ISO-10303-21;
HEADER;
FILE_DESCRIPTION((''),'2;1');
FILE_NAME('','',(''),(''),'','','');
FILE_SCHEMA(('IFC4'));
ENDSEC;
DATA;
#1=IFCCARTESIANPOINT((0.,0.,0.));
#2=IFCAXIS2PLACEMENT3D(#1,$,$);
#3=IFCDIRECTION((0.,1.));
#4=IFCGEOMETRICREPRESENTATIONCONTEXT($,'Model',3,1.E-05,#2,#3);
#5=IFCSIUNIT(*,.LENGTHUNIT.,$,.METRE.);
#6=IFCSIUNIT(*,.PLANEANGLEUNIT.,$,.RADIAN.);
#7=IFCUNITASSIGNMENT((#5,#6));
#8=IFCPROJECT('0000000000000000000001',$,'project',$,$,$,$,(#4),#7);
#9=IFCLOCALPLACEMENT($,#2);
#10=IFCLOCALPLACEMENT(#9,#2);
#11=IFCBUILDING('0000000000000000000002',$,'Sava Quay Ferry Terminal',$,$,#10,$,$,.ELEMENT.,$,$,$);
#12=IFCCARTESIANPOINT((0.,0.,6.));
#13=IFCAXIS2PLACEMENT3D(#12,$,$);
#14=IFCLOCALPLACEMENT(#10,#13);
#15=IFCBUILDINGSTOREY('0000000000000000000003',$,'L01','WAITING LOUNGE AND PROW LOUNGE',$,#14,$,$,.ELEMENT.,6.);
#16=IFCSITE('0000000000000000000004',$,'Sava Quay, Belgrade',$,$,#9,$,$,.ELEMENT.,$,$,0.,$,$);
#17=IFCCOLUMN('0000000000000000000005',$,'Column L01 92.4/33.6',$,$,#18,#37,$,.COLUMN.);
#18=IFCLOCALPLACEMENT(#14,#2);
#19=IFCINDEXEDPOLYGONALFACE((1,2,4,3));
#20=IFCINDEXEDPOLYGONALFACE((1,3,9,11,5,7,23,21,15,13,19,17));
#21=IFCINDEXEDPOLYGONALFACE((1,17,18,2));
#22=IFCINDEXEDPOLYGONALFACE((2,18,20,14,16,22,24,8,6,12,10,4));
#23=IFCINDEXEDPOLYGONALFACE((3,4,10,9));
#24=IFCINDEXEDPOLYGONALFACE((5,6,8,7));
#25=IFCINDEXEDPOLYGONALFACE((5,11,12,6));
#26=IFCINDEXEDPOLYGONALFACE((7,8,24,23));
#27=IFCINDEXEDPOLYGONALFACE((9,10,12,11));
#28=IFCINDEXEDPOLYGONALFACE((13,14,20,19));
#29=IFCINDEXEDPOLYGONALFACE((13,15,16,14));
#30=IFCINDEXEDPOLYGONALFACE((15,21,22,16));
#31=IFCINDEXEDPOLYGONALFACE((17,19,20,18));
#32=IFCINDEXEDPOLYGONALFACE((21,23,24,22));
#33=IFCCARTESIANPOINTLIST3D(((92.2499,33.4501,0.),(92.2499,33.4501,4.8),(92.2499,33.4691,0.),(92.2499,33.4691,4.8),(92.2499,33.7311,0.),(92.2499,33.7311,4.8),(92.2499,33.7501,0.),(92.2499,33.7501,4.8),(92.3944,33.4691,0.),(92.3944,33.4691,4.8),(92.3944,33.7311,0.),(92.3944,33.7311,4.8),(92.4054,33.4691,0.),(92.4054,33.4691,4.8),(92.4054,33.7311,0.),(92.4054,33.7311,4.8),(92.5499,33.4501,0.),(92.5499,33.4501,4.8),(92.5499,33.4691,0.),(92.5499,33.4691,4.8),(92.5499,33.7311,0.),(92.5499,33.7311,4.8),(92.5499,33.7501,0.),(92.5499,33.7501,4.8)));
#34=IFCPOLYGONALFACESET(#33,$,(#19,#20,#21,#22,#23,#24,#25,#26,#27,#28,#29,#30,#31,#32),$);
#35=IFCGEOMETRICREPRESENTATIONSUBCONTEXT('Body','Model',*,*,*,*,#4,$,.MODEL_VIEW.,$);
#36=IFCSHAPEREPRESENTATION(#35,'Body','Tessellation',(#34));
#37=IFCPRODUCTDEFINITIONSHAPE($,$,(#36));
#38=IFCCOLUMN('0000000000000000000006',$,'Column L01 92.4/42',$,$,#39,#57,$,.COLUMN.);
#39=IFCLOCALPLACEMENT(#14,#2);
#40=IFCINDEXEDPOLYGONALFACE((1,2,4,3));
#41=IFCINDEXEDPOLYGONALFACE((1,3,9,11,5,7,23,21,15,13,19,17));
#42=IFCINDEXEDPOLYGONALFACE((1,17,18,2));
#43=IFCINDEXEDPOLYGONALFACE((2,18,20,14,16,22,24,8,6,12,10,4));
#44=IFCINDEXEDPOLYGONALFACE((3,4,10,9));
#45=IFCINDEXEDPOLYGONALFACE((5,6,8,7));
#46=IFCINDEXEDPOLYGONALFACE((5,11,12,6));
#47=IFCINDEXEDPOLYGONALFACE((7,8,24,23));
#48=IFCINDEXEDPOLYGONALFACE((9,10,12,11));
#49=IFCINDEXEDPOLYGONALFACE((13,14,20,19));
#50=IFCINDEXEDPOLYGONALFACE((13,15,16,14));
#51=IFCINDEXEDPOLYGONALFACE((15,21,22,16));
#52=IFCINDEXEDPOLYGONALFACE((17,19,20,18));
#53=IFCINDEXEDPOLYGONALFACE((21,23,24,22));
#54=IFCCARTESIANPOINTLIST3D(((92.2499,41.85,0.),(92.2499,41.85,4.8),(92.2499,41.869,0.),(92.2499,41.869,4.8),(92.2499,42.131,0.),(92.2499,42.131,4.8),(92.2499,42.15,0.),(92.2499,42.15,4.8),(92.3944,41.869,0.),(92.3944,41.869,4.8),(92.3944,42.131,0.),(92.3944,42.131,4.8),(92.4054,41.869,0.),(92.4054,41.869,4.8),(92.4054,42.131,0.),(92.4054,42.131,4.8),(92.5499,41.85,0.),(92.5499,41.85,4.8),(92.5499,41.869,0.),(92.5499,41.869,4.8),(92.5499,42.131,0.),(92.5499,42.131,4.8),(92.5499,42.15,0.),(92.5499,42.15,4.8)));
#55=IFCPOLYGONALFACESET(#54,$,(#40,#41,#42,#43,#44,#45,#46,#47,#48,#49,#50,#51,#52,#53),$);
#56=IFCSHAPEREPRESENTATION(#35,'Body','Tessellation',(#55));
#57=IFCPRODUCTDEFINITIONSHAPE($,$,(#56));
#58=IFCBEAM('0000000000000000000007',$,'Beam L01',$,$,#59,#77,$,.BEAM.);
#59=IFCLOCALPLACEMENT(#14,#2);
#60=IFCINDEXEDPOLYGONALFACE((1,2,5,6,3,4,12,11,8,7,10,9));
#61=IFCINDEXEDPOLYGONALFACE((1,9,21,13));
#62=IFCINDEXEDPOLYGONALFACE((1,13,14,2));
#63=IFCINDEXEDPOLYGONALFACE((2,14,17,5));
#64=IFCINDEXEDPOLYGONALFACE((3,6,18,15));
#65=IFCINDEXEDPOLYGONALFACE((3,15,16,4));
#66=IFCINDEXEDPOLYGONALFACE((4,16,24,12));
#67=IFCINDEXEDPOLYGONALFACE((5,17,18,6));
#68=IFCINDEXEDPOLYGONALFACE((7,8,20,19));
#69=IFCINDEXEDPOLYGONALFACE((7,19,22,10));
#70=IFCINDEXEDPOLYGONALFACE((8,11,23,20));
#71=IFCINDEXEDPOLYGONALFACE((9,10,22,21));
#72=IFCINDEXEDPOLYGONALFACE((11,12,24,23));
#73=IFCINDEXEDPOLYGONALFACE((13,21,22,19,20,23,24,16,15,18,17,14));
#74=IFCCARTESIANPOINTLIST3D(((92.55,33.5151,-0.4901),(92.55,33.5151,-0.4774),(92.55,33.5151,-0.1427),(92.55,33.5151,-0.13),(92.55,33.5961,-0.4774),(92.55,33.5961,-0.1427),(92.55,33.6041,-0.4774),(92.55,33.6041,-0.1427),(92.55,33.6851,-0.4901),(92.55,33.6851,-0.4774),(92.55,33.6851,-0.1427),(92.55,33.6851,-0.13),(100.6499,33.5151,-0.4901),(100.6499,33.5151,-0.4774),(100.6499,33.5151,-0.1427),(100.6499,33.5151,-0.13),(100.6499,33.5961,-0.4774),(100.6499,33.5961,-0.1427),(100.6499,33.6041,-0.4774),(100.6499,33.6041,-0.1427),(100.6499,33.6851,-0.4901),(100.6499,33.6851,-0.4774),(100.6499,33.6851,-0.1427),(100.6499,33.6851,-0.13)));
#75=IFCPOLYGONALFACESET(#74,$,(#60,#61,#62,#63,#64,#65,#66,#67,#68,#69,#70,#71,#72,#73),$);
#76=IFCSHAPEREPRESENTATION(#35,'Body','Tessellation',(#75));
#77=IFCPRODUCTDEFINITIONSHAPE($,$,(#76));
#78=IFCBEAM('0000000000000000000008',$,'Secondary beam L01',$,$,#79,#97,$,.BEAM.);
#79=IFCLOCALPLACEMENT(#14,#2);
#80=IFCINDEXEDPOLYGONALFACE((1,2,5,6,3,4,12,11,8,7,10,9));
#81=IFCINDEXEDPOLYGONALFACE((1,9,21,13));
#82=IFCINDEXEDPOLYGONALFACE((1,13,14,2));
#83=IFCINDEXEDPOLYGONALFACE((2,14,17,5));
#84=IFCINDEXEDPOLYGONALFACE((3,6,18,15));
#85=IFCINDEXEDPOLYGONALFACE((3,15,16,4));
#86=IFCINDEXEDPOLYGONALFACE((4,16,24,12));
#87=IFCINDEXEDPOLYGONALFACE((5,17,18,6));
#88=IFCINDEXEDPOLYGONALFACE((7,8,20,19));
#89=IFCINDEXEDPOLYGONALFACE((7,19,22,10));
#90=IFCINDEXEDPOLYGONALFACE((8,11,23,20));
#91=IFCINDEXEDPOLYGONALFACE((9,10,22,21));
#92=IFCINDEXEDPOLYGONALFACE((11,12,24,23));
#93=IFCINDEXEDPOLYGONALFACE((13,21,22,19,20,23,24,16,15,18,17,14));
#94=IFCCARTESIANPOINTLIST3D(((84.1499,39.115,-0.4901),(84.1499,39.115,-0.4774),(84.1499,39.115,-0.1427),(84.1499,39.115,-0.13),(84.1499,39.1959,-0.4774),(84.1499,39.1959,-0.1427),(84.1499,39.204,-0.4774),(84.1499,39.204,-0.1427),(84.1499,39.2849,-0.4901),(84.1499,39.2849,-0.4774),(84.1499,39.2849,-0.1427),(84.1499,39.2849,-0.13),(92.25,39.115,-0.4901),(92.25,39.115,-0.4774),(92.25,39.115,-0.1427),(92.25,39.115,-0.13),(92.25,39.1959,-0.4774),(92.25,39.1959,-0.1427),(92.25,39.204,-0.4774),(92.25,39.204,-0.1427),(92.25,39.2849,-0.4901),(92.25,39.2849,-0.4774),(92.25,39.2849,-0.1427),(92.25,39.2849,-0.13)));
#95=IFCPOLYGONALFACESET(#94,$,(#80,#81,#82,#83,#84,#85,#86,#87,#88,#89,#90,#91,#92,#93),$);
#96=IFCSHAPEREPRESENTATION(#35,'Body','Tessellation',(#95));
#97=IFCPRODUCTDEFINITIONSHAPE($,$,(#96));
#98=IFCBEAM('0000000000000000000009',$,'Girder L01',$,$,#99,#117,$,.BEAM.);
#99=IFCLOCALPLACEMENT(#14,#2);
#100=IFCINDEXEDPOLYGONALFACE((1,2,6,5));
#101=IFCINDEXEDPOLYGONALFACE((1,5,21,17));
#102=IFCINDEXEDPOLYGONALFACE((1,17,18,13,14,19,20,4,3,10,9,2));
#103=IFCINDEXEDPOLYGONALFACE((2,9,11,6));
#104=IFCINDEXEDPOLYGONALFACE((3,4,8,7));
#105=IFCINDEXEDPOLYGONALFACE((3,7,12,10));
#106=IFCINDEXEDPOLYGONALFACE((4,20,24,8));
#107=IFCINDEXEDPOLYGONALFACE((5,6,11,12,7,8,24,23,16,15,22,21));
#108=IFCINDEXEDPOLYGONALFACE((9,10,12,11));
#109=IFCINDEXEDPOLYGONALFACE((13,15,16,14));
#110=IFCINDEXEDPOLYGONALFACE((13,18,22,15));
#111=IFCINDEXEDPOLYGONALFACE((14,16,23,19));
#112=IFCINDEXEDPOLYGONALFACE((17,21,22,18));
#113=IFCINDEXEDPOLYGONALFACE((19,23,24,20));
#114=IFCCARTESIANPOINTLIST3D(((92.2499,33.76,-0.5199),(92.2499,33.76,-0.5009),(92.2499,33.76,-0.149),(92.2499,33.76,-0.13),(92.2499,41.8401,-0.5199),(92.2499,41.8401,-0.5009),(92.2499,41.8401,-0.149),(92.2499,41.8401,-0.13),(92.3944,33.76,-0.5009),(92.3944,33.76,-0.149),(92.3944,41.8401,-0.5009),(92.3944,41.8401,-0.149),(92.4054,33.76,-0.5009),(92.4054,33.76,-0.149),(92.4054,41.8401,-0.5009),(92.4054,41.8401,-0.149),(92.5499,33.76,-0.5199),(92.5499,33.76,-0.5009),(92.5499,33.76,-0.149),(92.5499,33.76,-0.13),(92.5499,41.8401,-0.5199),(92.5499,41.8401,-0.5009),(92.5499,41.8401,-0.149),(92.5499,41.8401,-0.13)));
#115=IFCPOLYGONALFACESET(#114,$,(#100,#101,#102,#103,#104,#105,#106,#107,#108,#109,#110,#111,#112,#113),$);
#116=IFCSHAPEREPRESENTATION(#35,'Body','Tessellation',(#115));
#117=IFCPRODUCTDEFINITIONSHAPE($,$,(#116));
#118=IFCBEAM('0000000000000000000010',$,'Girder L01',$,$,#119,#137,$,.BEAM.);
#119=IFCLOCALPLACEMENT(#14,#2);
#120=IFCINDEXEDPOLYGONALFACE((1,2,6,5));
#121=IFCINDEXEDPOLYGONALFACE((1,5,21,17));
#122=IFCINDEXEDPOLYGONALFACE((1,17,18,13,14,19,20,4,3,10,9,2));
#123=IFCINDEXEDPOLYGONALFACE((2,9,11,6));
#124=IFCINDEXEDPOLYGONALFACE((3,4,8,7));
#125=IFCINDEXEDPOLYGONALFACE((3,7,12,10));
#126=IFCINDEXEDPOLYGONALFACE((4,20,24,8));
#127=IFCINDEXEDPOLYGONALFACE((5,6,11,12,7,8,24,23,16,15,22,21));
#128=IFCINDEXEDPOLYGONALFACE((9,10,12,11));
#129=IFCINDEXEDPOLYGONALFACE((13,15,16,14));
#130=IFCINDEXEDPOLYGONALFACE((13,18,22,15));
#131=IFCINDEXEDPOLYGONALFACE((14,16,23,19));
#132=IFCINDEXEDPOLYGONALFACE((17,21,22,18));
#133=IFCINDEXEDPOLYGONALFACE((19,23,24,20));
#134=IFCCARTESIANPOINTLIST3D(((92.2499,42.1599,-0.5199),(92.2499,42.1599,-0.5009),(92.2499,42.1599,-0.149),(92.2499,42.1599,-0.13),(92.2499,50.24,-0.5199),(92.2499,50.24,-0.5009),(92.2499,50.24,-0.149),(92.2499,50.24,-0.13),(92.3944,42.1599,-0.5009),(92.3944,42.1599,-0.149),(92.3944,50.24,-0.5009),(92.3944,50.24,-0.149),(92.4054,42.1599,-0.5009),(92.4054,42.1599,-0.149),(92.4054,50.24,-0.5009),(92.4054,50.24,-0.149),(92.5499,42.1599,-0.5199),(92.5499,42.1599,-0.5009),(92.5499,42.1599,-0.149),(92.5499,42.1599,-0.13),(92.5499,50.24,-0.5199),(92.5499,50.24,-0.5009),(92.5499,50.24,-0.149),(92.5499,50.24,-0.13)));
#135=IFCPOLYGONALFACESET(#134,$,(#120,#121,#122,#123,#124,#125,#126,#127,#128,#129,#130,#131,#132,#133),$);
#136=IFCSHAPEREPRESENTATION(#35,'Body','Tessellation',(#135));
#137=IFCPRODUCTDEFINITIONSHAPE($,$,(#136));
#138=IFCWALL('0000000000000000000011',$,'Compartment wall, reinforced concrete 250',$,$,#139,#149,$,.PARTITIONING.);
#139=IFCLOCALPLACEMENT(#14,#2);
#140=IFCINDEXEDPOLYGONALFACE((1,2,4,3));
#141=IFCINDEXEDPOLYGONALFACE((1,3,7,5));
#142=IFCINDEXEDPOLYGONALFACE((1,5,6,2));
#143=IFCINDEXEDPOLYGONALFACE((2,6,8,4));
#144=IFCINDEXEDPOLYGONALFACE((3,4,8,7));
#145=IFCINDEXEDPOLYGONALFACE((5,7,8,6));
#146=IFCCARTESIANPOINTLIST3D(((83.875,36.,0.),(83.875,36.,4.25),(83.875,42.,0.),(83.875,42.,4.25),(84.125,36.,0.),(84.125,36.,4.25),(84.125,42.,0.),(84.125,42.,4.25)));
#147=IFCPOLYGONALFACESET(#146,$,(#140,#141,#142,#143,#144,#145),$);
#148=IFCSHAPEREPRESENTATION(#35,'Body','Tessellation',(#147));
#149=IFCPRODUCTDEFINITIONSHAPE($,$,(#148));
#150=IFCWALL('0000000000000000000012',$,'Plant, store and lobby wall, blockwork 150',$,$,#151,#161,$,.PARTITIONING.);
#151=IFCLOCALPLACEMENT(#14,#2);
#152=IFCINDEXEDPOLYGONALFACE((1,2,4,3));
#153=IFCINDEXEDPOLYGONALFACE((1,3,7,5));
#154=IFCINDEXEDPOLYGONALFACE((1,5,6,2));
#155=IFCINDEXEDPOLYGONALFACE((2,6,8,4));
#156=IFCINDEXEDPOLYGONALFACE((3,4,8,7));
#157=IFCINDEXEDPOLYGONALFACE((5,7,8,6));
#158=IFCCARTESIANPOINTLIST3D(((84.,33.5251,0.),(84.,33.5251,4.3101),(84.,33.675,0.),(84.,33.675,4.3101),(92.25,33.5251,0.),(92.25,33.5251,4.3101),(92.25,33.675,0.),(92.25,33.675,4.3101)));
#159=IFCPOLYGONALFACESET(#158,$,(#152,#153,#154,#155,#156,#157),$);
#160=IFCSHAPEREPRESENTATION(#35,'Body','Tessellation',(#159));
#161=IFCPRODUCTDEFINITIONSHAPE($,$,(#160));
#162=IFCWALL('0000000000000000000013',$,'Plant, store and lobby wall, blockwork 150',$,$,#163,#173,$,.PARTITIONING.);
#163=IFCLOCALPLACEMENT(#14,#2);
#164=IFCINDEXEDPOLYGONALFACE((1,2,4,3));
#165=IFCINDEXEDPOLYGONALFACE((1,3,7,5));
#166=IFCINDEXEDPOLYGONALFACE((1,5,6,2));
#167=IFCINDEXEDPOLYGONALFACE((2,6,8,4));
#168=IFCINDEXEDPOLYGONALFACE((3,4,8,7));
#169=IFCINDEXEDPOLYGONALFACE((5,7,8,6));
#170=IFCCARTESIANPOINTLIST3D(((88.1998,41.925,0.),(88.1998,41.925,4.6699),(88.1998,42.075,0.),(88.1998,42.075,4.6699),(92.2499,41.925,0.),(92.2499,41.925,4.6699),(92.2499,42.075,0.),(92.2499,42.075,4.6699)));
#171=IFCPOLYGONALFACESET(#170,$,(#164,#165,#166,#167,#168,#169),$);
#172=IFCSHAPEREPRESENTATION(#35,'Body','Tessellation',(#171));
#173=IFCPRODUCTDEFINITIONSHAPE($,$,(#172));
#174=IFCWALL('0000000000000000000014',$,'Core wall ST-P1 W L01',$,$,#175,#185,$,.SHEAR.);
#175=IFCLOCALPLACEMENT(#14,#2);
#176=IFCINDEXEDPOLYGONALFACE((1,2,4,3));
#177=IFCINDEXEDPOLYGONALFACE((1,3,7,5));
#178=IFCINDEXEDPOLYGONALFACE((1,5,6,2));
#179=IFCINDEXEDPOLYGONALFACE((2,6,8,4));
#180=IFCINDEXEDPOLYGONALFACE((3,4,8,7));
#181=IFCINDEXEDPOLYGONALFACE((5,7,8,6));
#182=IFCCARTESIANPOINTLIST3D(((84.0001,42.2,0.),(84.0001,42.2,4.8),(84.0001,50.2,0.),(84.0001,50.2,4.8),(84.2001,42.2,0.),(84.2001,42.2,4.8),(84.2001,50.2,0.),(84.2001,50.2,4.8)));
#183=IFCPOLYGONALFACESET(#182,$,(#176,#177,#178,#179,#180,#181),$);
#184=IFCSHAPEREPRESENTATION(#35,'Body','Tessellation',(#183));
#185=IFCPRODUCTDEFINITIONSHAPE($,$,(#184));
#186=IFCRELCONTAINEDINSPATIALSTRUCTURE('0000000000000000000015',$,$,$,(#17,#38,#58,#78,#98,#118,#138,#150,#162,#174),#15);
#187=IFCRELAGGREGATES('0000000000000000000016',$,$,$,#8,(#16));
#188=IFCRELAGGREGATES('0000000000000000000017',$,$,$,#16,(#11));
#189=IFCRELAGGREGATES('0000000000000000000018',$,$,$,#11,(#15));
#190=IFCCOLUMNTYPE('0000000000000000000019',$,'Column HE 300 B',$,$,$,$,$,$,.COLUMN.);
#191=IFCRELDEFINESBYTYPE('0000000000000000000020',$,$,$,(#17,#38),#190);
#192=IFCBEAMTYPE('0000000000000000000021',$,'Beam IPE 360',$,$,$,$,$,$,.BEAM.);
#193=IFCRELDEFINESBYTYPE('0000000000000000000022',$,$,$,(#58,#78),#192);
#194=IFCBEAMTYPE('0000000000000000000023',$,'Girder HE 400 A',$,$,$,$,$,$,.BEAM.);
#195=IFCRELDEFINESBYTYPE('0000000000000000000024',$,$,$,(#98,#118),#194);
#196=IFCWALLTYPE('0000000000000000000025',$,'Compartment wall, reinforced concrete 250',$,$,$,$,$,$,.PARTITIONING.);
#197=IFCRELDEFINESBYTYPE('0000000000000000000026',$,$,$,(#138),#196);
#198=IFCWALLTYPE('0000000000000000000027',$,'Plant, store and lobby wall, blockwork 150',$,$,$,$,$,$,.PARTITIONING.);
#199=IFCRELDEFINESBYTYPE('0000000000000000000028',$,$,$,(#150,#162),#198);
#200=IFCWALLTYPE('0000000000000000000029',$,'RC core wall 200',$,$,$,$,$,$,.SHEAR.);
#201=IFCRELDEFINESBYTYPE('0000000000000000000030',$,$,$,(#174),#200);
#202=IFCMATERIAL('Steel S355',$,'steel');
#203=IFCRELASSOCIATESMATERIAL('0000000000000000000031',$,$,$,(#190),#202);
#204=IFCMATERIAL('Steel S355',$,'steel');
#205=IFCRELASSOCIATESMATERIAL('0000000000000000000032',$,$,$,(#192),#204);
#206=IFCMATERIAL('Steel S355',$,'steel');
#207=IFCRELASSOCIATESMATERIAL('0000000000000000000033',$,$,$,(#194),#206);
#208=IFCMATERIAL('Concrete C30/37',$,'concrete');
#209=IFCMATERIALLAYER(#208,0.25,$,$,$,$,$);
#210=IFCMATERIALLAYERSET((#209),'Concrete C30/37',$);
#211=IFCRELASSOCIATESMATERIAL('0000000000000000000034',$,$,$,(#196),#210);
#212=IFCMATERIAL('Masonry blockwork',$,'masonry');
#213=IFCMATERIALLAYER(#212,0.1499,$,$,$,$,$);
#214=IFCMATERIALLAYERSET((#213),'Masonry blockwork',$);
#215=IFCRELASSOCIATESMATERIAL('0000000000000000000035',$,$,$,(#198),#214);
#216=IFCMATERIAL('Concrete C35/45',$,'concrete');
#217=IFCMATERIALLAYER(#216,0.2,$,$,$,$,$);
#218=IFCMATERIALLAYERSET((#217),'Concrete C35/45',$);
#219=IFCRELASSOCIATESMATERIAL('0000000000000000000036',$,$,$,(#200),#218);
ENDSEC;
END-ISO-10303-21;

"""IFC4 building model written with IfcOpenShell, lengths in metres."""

from ifc_helpers import new_model, si_unit, direction, frame, frame_2d, origin, origin_2d, place, context, subcontext, project, spatial, rectangle, i_section, extrude, material, layer, layer_set, material_profile, profile_set, type_object, element, save


model = new_model("IFC4")

# Units and contexts
model_context = context("Model", 3, precision=1e-05, world=origin(), true_north=direction((0.0, 1.0)))
body_context = subcontext(model_context, "Body", "Model", "MODEL_VIEW")
ifc_project = project(units=[si_unit("LENGTHUNIT", "METRE"), si_unit("PLANEANGLEUNIT", "RADIAN")], contexts=[model_context])

# Site, building, storey
site_placement = place(None, origin())
site = spatial("IfcSite", under=ifc_project, at=site_placement, Name="Sava Quay, Belgrade", CompositionType="ELEMENT", RefElevation=0.0)
building_placement = place(site_placement, origin())
building = spatial("IfcBuilding", under=site, at=building_placement, Name="Sava Quay Ferry Terminal", CompositionType="ELEMENT")
storey_placement = place(building_placement, frame((0.0, 0.0, 6.0)))
storey = spatial("IfcBuildingStorey", under=building, at=storey_placement, Name="L01", Description="WAITING LOUNGE AND PROW LOUNGE", CompositionType="ELEMENT", Elevation=6.0)

# Columns
ifc_material_1 = material(Name="Steel S355", Category="steel")
ifc_material_profile_1 = material_profile(ifc_material_1, i_section(OverallWidth=0.3, OverallDepth=0.3, WebThickness=0.011, FlangeThickness=0.019, at=origin_2d()), Name="HE 300 B")
ifc_profile_set_1 = profile_set([ifc_material_profile_1], Name="Steel S355")
column_type = type_object("IfcColumnType", Name="Column HE 300 B", PredefinedType="COLUMN", material=ifc_profile_set_1)
for number, where, z_axis, x_axis, name in (
    (1, (92.3999, 33.6001, 0.0), (0.0, 0.0, 1.0), (1.0, 0.0, 0.0), "Column L01 92.4/33.6"),
    (2, (92.3999, 42.0, 0.0), (0.0, 0.0, 1.0), (1.0, 0.0, 0.0), "Column L01 92.4/42"),
):
    element("IfcColumn", number, at=place(storey_placement, frame(where, z_axis=z_axis, x_axis=x_axis)), inside=storey, type_object=column_type, Name=name, PredefinedType="COLUMN", context=body_context, shape_type="SweptSolid", body=[
        extrude(i_section(OverallWidth=0.3, OverallDepth=0.3, WebThickness=0.011, FlangeThickness=0.019, at=origin_2d()), origin(), (0.0, 0.0, 1.0), 4.8),
    ])

# Beams
ifc_material_2 = material(Name="Steel S355", Category="steel")
ifc_material_profile_2 = material_profile(ifc_material_2, i_section(OverallWidth=0.1699, OverallDepth=0.3601, WebThickness=0.0081, FlangeThickness=0.0127, at=origin_2d()), Name="IPE 360")
ifc_profile_set_2 = profile_set([ifc_material_profile_2], Name="Steel S355")
beam_type_1 = type_object("IfcBeamType", Name="Beam IPE 360", PredefinedType="BEAM", material=ifc_profile_set_2)
beam_1_placement = place(storey_placement, frame((92.55, 33.6001, -0.3101), z_axis=(1.0, 0.0, 0.0), x_axis=(0.0, 1.0, 0.0)))
element("IfcBeam", 3, at=beam_1_placement, inside=storey, type_object=beam_type_1, Name="Beam L01", PredefinedType="BEAM", context=body_context, shape_type="SweptSolid", body=[
    extrude(i_section(OverallWidth=0.1699, OverallDepth=0.3601, WebThickness=0.0081, FlangeThickness=0.0127, at=origin_2d()), origin(), (0.0, 0.0, 1.0), 8.0999),
])
beam_2_placement = place(storey_placement, frame((84.1499, 39.2, -0.3101), z_axis=(1.0, 0.0, 0.0), x_axis=(0.0, 1.0, 0.0)))
element("IfcBeam", 4, at=beam_2_placement, inside=storey, type_object=beam_type_1, Name="Secondary beam L01", PredefinedType="BEAM", context=body_context, shape_type="SweptSolid", body=[
    extrude(i_section(OverallWidth=0.1699, OverallDepth=0.3601, WebThickness=0.0081, FlangeThickness=0.0127, at=origin_2d()), origin(), (0.0, 0.0, 1.0), 8.1001),
])
ifc_material_3 = material(Name="Steel S355", Category="steel")
ifc_material_profile_3 = material_profile(ifc_material_3, i_section(OverallWidth=0.3, OverallDepth=0.3899, WebThickness=0.011, FlangeThickness=0.019, at=origin_2d()), Name="HE 400 A")
ifc_profile_set_3 = profile_set([ifc_material_profile_3], Name="Steel S355")
beam_type_2 = type_object("IfcBeamType", Name="Girder HE 400 A", PredefinedType="BEAM", material=ifc_profile_set_3)
for number, where, z_axis, x_axis, name in (
    (5, (92.3999, 33.76, -0.325), (0.0, 1.0, 0.0), (-1.0, 0.0, 0.0), "Girder L01"),
    (6, (92.3999, 42.1599, -0.325), (0.0, 1.0, 0.0), (-1.0, 0.0, 0.0), "Girder L01"),
):
    element("IfcBeam", number, at=place(storey_placement, frame(where, z_axis=z_axis, x_axis=x_axis)), inside=storey, type_object=beam_type_2, Name=name, PredefinedType="BEAM", context=body_context, shape_type="SweptSolid", body=[
        extrude(i_section(OverallWidth=0.3, OverallDepth=0.3899, WebThickness=0.011, FlangeThickness=0.019, at=origin_2d()), origin(), (0.0, 0.0, 1.0), 8.0801),
    ])

# Walls
ifc_material_4 = material(Name="Concrete C30/37", Category="concrete")
ifc_layer_1 = layer(ifc_material_4, 0.25)
ifc_layer_set_1 = layer_set([ifc_layer_1], Name="Concrete C30/37")
wall_type_1 = type_object("IfcWallType", Name="Compartment wall, reinforced concrete 250", PredefinedType="PARTITIONING", material=ifc_layer_set_1)
wall_1_placement = place(storey_placement, frame((84.0, 36.0, 0.0), z_axis=(0.0, 0.0, 1.0), x_axis=(0.0, 1.0, 0.0)))
element("IfcWall", 7, at=wall_1_placement, inside=storey, type_object=wall_type_1, Name="Compartment wall, reinforced concrete 250", PredefinedType="PARTITIONING", context=body_context, shape_type="SweptSolid", body=[
    extrude(rectangle(XDim=6.0, YDim=0.25, at=frame_2d((3.0, 0.0))), origin(), (0.0, 0.0, 1.0), 4.25),
])
ifc_material_5 = material(Name="Masonry blockwork", Category="masonry")
ifc_layer_2 = layer(ifc_material_5, 0.1499)
ifc_layer_set_2 = layer_set([ifc_layer_2], Name="Masonry blockwork")
wall_type_2 = type_object("IfcWallType", Name="Plant, store and lobby wall, blockwork 150", PredefinedType="PARTITIONING", material=ifc_layer_set_2)
wall_2_placement = place(storey_placement, frame((84.0, 33.6001, 0.0), z_axis=(0.0, 0.0, 1.0), x_axis=(1.0, 0.0, 0.0)))
element("IfcWall", 8, at=wall_2_placement, inside=storey, type_object=wall_type_2, Name="Plant, store and lobby wall, blockwork 150", PredefinedType="PARTITIONING", context=body_context, shape_type="SweptSolid", body=[
    extrude(rectangle(XDim=8.25, YDim=0.1499, at=frame_2d((4.125, 0.0))), origin(), (0.0, 0.0, 1.0), 4.3101),
])
wall_3_placement = place(storey_placement, frame((88.2, 42.0, 0.0), z_axis=(0.0, 0.0, 1.0), x_axis=(1.0, 0.0, 0.0)))
element("IfcWall", 9, at=wall_3_placement, inside=storey, type_object=wall_type_2, Name="Plant, store and lobby wall, blockwork 150", PredefinedType="PARTITIONING", context=body_context, shape_type="SweptSolid", body=[
    extrude(rectangle(XDim=4.05, YDim=0.1499, at=frame_2d((2.0249, 0.0))), origin(), (0.0, 0.0, 1.0), 4.6699),
])

# Shared definitions
ifc_material_6 = material(Name="Concrete C35/45", Category="concrete")
ifc_layer_3 = layer(ifc_material_6, 0.2)
ifc_layer_set_3 = layer_set([ifc_layer_3], Name="Concrete C35/45")
wall_type_3 = type_object("IfcWallType", Name="RC core wall 200", PredefinedType="SHEAR", material=ifc_layer_set_3)

# Wall
for number, where, z_axis, x_axis, name in (
    (10, (84.1001, 42.2, 0.0), (0.0, 0.0, 1.0), (0.0, 1.0, 0.0), "Core wall ST-P1 W L01"),
):
    element("IfcWall", number, at=place(storey_placement, frame(where, z_axis=z_axis, x_axis=x_axis)), inside=storey, type_object=wall_type_3, Name=name, PredefinedType="SHEAR", context=body_context, shape_type="SweptSolid", body=[
        extrude(rectangle(XDim=8.0, YDim=0.2, at=frame_2d((4.0, 0.0))), origin(), (0.0, 0.0, 1.0), 4.8),
    ])

save(model, "model.ifc")
